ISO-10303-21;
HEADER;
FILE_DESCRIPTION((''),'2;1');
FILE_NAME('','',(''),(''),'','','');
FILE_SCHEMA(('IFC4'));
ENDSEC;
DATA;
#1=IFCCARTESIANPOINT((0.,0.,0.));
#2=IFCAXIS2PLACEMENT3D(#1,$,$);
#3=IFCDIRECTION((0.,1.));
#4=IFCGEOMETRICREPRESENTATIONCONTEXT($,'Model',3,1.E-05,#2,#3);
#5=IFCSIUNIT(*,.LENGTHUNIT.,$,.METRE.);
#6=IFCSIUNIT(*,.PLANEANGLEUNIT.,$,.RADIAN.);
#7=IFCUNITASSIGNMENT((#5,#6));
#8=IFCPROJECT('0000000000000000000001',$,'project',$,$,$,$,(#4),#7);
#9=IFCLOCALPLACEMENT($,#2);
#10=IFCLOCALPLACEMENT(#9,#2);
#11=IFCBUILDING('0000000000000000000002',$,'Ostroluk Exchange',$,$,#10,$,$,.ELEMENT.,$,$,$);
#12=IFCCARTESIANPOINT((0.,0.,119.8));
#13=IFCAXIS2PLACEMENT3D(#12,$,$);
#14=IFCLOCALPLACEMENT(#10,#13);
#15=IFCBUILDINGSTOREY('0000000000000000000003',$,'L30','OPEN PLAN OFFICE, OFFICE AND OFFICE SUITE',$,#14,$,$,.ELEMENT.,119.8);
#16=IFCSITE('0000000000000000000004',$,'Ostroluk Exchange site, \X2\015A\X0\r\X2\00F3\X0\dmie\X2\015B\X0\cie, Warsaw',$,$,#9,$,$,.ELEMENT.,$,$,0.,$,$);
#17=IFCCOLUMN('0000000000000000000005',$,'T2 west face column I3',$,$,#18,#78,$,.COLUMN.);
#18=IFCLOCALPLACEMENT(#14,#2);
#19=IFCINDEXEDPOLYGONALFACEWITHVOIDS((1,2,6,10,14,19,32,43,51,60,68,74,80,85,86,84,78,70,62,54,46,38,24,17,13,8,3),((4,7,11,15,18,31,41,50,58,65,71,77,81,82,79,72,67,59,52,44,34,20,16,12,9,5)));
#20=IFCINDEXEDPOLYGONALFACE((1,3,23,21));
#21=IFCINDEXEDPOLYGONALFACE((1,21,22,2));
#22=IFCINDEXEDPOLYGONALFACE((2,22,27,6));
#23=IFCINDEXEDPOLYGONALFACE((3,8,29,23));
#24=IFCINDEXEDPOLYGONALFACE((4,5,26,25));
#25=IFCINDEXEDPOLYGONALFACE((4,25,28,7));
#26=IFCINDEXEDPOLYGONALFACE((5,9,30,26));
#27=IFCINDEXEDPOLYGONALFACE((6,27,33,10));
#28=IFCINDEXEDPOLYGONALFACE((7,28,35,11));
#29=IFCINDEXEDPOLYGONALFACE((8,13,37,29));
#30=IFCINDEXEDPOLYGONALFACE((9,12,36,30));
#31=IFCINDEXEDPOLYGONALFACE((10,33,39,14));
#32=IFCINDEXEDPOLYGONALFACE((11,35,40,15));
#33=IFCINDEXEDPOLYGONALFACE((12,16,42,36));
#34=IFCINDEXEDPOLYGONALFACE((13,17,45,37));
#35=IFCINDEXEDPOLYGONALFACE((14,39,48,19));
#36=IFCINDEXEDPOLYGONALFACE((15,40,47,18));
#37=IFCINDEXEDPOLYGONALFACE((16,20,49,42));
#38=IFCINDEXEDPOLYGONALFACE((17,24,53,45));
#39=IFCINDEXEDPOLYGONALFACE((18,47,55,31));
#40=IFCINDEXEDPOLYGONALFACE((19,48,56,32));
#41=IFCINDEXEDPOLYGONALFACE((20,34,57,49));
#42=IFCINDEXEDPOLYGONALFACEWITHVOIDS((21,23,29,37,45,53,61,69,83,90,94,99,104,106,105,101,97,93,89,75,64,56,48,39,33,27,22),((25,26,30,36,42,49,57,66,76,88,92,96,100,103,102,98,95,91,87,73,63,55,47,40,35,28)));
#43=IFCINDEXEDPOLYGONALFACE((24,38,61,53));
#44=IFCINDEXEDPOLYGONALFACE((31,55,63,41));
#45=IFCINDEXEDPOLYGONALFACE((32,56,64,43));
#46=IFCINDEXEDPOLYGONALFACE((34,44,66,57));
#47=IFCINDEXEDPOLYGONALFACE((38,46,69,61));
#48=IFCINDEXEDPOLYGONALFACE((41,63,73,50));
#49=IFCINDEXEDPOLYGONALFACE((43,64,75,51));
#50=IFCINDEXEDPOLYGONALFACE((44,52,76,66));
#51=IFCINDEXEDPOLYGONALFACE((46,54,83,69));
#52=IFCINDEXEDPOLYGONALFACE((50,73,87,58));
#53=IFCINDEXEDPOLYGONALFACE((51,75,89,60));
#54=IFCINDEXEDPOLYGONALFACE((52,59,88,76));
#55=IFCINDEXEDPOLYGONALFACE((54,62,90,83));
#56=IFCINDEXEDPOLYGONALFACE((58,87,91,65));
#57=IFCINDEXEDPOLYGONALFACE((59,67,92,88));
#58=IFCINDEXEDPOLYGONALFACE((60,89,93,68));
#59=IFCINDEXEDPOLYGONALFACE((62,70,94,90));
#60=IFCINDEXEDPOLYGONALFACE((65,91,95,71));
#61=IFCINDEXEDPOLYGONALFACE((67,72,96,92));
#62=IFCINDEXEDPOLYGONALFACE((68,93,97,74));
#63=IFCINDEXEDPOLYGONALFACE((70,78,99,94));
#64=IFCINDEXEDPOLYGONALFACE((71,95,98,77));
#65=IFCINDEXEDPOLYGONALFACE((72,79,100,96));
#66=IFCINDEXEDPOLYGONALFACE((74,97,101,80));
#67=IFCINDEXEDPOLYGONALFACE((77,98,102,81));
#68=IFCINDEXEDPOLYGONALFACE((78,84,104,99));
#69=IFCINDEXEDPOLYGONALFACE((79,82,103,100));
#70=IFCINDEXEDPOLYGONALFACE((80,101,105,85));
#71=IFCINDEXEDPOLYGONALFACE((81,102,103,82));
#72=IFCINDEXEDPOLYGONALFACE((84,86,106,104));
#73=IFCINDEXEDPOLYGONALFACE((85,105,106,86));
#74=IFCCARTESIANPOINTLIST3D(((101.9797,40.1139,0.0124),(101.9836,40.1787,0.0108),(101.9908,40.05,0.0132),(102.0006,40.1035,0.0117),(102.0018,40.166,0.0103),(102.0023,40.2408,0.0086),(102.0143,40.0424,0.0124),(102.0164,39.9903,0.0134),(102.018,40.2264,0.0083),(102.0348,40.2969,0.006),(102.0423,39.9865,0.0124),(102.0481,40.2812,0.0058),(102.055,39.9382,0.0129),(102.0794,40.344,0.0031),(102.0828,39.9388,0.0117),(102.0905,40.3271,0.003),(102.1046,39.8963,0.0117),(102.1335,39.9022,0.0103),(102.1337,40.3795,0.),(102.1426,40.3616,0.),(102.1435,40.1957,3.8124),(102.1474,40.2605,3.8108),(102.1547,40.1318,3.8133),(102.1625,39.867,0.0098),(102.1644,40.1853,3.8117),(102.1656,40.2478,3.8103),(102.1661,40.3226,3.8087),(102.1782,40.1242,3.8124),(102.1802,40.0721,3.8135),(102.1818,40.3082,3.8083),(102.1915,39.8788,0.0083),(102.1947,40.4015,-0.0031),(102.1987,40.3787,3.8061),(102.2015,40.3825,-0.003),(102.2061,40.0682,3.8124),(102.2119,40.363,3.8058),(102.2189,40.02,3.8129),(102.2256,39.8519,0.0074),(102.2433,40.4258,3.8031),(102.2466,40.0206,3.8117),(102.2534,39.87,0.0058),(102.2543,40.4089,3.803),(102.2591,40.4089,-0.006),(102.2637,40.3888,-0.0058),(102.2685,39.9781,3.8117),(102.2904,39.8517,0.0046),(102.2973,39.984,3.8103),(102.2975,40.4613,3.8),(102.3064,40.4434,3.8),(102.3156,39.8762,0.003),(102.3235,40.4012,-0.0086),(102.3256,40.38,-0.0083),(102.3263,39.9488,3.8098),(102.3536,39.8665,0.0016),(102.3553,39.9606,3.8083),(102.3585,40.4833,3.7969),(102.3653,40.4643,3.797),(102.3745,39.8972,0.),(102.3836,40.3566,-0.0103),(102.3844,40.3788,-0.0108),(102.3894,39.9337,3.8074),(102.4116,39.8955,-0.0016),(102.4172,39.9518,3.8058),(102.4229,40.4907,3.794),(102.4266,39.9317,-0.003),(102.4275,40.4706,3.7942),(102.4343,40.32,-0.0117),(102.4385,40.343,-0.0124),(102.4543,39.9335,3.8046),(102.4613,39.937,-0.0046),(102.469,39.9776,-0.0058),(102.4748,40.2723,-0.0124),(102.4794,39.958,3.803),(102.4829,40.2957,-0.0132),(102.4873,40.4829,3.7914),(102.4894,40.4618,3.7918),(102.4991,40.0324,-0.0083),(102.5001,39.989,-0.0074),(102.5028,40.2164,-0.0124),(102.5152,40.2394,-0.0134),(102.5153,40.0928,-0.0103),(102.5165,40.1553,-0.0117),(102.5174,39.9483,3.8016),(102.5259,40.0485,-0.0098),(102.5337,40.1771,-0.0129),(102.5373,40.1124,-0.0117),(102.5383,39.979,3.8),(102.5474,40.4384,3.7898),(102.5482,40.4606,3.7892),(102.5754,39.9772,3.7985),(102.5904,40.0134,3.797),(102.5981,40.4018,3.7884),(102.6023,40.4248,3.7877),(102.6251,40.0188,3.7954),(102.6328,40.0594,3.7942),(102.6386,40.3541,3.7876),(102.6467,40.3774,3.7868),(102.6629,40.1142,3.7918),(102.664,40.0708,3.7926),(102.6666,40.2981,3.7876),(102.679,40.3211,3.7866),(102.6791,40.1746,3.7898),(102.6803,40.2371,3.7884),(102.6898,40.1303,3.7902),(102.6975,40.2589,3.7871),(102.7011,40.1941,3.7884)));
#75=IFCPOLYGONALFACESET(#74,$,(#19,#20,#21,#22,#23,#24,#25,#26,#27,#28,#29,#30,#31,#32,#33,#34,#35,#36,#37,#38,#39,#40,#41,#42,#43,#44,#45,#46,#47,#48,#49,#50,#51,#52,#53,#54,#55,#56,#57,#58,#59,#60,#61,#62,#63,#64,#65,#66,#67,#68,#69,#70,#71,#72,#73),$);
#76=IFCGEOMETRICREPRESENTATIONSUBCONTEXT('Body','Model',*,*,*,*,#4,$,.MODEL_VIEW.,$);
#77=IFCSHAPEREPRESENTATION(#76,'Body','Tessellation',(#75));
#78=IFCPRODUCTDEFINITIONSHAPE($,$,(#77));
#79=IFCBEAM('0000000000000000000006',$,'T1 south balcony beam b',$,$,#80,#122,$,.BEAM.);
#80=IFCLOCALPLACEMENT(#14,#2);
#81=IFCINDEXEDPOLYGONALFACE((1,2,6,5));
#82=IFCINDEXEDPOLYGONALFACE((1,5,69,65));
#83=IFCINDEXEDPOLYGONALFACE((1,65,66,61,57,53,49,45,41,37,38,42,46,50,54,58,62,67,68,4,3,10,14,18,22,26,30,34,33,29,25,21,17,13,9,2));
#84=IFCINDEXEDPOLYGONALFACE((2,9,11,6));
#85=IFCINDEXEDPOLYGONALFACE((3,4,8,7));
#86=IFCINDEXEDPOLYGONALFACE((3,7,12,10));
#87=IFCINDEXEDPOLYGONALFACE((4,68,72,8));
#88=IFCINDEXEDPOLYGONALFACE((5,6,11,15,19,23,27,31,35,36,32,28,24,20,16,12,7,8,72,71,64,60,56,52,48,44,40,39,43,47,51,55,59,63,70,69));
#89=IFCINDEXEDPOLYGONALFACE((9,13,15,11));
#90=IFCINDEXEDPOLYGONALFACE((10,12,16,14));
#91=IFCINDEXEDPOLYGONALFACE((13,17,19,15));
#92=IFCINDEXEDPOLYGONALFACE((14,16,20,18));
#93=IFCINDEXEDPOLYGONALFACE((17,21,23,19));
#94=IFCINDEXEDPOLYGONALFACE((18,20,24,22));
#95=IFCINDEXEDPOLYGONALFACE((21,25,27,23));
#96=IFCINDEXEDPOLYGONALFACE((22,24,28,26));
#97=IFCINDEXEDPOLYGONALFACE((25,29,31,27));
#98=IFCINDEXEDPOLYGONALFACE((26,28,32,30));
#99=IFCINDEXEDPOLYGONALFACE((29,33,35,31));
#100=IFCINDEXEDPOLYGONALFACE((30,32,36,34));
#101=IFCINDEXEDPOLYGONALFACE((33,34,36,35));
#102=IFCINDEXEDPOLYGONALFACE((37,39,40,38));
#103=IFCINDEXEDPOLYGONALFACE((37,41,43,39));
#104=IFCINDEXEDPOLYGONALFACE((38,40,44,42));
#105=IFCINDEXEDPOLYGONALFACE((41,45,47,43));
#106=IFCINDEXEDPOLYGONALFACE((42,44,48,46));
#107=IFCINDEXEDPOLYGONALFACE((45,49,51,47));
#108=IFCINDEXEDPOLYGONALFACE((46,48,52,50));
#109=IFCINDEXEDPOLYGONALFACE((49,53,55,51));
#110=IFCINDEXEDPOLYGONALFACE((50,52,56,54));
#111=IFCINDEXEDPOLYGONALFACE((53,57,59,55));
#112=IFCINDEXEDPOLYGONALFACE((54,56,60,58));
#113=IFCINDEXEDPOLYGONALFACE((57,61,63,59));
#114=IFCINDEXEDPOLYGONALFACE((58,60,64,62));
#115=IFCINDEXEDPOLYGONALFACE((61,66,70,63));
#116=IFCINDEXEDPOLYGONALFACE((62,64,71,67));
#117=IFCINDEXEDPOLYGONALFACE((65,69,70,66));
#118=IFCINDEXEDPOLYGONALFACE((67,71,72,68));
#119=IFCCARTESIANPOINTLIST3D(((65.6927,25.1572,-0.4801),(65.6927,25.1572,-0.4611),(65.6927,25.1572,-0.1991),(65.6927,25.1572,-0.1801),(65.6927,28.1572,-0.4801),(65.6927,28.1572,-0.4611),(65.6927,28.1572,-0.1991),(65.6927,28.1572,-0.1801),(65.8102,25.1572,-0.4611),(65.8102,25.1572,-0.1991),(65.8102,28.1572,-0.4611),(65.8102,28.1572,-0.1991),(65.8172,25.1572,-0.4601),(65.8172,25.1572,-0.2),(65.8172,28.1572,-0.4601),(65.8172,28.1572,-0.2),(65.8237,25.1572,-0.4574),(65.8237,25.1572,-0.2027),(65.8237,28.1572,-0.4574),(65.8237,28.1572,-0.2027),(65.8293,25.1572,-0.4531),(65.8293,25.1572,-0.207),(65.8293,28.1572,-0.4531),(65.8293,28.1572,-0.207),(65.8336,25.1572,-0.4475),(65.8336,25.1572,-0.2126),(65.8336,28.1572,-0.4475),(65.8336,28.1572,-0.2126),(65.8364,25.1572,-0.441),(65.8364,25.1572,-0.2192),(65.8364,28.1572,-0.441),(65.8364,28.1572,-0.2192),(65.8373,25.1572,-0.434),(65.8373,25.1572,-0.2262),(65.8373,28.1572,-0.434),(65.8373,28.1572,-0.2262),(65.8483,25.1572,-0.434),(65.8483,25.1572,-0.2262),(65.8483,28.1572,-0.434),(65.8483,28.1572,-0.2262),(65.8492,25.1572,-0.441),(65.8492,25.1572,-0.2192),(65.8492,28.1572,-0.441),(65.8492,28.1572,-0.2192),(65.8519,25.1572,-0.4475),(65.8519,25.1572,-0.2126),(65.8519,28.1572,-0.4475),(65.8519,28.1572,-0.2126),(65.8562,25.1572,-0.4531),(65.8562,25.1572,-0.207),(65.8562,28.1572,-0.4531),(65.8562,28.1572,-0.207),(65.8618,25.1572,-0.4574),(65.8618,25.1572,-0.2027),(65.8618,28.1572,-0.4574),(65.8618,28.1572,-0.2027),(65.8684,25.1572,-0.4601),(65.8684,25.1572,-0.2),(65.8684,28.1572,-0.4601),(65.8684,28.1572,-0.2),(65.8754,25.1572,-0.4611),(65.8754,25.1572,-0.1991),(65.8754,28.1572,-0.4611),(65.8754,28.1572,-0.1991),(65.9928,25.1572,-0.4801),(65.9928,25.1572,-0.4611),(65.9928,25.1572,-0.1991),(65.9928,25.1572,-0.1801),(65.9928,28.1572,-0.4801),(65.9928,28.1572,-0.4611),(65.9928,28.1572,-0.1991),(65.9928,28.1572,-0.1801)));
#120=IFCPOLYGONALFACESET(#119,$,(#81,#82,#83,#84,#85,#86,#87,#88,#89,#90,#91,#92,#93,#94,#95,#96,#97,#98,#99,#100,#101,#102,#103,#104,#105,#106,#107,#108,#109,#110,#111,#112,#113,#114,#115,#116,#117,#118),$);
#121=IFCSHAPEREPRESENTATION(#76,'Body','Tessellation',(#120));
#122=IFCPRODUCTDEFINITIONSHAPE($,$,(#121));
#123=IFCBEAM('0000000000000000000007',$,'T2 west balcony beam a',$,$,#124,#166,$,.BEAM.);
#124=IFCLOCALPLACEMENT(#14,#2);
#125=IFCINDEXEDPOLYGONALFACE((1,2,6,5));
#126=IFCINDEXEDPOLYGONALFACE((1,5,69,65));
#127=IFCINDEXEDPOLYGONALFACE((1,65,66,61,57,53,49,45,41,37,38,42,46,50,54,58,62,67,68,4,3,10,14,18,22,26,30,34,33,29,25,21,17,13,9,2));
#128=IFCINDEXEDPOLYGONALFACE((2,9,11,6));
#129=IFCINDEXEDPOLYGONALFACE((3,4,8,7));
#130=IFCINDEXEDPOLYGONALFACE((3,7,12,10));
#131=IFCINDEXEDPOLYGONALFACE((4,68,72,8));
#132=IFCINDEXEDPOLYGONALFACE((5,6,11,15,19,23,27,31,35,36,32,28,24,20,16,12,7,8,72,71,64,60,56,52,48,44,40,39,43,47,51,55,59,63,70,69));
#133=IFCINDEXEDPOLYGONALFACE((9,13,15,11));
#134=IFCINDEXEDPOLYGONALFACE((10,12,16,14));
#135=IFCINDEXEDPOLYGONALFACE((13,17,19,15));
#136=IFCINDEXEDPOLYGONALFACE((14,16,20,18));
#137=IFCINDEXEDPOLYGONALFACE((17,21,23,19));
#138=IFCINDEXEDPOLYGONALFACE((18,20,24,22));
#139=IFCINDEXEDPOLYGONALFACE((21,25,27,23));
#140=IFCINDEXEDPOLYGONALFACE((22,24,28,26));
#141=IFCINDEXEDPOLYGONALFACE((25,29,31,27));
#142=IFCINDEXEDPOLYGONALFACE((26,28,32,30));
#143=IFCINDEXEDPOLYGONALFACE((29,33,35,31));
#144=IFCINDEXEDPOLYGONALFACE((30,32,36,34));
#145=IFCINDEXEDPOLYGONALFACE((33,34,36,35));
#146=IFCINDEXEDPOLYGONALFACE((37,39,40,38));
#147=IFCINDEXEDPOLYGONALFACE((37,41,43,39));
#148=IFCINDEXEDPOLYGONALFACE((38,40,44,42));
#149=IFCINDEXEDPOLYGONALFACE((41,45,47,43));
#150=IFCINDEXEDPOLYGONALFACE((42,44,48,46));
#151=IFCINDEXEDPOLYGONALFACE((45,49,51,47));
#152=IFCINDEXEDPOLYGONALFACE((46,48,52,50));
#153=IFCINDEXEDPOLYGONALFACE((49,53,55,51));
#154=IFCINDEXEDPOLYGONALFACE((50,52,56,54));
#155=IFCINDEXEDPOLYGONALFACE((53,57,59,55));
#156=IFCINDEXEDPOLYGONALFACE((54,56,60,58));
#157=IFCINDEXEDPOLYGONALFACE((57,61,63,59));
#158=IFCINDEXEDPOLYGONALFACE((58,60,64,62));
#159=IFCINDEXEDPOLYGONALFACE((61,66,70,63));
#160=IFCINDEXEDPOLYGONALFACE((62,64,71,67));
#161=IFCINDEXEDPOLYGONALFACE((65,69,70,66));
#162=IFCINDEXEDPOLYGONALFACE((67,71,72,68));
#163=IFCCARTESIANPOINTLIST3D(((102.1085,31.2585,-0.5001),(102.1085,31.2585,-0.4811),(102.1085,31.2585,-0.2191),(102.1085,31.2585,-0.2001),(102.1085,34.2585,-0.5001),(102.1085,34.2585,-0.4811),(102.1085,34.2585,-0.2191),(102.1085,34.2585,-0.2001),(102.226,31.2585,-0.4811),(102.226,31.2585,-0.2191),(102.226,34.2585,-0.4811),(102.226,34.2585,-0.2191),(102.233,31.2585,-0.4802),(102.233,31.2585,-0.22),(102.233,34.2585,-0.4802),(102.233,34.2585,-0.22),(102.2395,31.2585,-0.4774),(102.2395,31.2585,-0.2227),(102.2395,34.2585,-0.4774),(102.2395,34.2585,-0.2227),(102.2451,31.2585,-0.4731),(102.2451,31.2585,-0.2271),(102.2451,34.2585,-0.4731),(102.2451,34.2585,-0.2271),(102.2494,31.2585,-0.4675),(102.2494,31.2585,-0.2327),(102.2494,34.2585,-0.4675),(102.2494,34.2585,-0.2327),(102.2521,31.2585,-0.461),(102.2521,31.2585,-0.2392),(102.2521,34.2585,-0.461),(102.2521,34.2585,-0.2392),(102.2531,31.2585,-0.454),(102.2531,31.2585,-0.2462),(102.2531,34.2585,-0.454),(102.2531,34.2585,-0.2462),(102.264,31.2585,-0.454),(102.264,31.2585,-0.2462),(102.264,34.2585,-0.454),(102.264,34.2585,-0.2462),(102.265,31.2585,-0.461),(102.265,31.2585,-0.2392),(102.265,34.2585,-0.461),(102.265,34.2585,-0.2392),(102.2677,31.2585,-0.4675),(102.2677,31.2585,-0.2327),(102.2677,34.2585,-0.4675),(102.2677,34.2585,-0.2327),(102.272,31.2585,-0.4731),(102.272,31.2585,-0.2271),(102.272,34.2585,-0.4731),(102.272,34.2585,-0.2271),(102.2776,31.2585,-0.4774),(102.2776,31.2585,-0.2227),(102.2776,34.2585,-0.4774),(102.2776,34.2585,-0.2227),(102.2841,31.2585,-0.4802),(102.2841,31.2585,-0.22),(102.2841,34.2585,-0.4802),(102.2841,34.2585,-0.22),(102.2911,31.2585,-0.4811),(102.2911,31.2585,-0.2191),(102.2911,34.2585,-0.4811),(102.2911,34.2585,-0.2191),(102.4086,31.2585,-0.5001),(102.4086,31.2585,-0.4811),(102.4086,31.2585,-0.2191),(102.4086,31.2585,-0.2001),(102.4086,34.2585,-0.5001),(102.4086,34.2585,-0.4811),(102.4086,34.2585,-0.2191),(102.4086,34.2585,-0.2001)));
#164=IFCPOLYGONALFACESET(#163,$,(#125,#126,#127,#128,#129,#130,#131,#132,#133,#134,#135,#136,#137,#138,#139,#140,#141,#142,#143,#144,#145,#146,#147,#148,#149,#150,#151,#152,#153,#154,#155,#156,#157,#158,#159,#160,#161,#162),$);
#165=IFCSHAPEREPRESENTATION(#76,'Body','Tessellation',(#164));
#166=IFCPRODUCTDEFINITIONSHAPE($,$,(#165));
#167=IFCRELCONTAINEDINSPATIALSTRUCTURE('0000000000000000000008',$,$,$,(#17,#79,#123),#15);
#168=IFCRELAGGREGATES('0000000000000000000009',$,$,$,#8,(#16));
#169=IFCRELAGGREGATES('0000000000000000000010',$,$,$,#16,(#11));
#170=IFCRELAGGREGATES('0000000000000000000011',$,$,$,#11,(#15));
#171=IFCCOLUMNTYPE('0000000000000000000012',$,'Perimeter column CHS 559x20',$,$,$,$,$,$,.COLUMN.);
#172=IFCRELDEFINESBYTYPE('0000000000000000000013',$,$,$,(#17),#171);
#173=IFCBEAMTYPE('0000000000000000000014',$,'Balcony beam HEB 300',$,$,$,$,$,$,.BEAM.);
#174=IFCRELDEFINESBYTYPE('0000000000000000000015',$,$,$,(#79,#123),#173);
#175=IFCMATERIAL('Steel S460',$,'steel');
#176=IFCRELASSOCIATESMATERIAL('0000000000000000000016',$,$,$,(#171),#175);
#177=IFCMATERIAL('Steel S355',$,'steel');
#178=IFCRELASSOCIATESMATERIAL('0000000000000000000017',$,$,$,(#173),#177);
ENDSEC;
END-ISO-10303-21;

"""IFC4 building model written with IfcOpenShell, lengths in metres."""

from ifc_helpers import new_model, si_unit, direction, frame, origin, origin_2d, place, context, subcontext, project, spatial, hollow_circle, i_section, extrude, material, material_profile, profile_set, type_object, element, save


model = new_model("IFC4")

# Units and contexts
model_context = context("Model", 3, precision=1e-05, world=origin(), true_north=direction((0.0, 1.0)))
body_context = subcontext(model_context, "Body", "Model", "MODEL_VIEW")
ifc_project = project(units=[si_unit("LENGTHUNIT", "METRE"), si_unit("PLANEANGLEUNIT", "RADIAN")], contexts=[model_context])

# Site, building, storey
site_placement = place(None, origin())
site = spatial("IfcSite", under=ifc_project, at=site_placement, Name="Ostroluk Exchange site, Śródmieście, Warsaw", CompositionType="ELEMENT", RefElevation=0.0)
building_placement = place(site_placement, origin())
building = spatial("IfcBuilding", under=site, at=building_placement, Name="Ostroluk Exchange", CompositionType="ELEMENT")
storey_placement = place(building_placement, frame((0.0, 0.0, 119.8)))
storey = spatial("IfcBuildingStorey", under=building, at=storey_placement, Name="L30", Description="OPEN PLAN OFFICE, OFFICE AND OFFICE SUITE", CompositionType="ELEMENT", Elevation=119.8)

# Column
ifc_material_1 = material(Name="Steel S460", Category="steel")
ifc_material_profile_1 = material_profile(ifc_material_1, hollow_circle(Radius=0.2795, WallThickness=0.02, at=origin_2d()), Name="CHS 559x20")
ifc_profile_set_1 = profile_set([ifc_material_profile_1], Name="Steel S460")
column_type_1 = type_object("IfcColumnType", Name="Perimeter column CHS 559x20", PredefinedType="COLUMN", material=ifc_profile_set_1)
column_1_placement = place(storey_placement, frame((102.2585, 40.1294, 0.0), z_axis=(0.04306, 0.021498, 0.998841), x_axis=(-0.44668, 0.894694, 0.0)))
element("IfcColumn", 1, at=column_1_placement, inside=storey, type_object=column_type_1, Name="T2 west face column I3", PredefinedType="COLUMN", context=body_context, shape_type="SweptSolid", body=[
    extrude(hollow_circle(Radius=0.2795, WallThickness=0.02, at=origin_2d()), origin(), (0.0, 0.0, 1.0), 3.8044),
])

# Beams
ifc_material_2 = material(Name="Steel S355", Category="steel")
ifc_material_profile_2 = material_profile(ifc_material_2, i_section(OverallWidth=0.3, OverallDepth=0.3, WebThickness=0.011, FlangeThickness=0.019, FilletRadius=0.0271, at=origin_2d()), Name="HEB 300")
ifc_profile_set_2 = profile_set([ifc_material_profile_2], Name="Steel S355")
beam_type_1 = type_object("IfcBeamType", Name="Balcony beam HEB 300", PredefinedType="BEAM", material=ifc_profile_set_2)
for number, where, z_axis, x_axis, name in (
    (2, (65.8428, 28.1572, -0.3301), (0.0, -1.0, 0.0), (1.0, 0.0, 0.0), "T1 south balcony beam b"),
    (3, (102.2585, 34.2585, -0.3501), (0.0, -1.0, 0.0), (1.0, 0.0, 0.0), "T2 west balcony beam a"),
):
    element("IfcBeam", number, at=place(storey_placement, frame(where, z_axis=z_axis, x_axis=x_axis)), inside=storey, type_object=beam_type_1, Name=name, PredefinedType="BEAM", context=body_context, shape_type="SweptSolid", body=[
        extrude(i_section(OverallWidth=0.3, OverallDepth=0.3, WebThickness=0.011, FlangeThickness=0.019, FilletRadius=0.0271, at=origin_2d()), origin(), (0.0, 0.0, 1.0), 3.0),
    ])

save(model, "model.ifc")
